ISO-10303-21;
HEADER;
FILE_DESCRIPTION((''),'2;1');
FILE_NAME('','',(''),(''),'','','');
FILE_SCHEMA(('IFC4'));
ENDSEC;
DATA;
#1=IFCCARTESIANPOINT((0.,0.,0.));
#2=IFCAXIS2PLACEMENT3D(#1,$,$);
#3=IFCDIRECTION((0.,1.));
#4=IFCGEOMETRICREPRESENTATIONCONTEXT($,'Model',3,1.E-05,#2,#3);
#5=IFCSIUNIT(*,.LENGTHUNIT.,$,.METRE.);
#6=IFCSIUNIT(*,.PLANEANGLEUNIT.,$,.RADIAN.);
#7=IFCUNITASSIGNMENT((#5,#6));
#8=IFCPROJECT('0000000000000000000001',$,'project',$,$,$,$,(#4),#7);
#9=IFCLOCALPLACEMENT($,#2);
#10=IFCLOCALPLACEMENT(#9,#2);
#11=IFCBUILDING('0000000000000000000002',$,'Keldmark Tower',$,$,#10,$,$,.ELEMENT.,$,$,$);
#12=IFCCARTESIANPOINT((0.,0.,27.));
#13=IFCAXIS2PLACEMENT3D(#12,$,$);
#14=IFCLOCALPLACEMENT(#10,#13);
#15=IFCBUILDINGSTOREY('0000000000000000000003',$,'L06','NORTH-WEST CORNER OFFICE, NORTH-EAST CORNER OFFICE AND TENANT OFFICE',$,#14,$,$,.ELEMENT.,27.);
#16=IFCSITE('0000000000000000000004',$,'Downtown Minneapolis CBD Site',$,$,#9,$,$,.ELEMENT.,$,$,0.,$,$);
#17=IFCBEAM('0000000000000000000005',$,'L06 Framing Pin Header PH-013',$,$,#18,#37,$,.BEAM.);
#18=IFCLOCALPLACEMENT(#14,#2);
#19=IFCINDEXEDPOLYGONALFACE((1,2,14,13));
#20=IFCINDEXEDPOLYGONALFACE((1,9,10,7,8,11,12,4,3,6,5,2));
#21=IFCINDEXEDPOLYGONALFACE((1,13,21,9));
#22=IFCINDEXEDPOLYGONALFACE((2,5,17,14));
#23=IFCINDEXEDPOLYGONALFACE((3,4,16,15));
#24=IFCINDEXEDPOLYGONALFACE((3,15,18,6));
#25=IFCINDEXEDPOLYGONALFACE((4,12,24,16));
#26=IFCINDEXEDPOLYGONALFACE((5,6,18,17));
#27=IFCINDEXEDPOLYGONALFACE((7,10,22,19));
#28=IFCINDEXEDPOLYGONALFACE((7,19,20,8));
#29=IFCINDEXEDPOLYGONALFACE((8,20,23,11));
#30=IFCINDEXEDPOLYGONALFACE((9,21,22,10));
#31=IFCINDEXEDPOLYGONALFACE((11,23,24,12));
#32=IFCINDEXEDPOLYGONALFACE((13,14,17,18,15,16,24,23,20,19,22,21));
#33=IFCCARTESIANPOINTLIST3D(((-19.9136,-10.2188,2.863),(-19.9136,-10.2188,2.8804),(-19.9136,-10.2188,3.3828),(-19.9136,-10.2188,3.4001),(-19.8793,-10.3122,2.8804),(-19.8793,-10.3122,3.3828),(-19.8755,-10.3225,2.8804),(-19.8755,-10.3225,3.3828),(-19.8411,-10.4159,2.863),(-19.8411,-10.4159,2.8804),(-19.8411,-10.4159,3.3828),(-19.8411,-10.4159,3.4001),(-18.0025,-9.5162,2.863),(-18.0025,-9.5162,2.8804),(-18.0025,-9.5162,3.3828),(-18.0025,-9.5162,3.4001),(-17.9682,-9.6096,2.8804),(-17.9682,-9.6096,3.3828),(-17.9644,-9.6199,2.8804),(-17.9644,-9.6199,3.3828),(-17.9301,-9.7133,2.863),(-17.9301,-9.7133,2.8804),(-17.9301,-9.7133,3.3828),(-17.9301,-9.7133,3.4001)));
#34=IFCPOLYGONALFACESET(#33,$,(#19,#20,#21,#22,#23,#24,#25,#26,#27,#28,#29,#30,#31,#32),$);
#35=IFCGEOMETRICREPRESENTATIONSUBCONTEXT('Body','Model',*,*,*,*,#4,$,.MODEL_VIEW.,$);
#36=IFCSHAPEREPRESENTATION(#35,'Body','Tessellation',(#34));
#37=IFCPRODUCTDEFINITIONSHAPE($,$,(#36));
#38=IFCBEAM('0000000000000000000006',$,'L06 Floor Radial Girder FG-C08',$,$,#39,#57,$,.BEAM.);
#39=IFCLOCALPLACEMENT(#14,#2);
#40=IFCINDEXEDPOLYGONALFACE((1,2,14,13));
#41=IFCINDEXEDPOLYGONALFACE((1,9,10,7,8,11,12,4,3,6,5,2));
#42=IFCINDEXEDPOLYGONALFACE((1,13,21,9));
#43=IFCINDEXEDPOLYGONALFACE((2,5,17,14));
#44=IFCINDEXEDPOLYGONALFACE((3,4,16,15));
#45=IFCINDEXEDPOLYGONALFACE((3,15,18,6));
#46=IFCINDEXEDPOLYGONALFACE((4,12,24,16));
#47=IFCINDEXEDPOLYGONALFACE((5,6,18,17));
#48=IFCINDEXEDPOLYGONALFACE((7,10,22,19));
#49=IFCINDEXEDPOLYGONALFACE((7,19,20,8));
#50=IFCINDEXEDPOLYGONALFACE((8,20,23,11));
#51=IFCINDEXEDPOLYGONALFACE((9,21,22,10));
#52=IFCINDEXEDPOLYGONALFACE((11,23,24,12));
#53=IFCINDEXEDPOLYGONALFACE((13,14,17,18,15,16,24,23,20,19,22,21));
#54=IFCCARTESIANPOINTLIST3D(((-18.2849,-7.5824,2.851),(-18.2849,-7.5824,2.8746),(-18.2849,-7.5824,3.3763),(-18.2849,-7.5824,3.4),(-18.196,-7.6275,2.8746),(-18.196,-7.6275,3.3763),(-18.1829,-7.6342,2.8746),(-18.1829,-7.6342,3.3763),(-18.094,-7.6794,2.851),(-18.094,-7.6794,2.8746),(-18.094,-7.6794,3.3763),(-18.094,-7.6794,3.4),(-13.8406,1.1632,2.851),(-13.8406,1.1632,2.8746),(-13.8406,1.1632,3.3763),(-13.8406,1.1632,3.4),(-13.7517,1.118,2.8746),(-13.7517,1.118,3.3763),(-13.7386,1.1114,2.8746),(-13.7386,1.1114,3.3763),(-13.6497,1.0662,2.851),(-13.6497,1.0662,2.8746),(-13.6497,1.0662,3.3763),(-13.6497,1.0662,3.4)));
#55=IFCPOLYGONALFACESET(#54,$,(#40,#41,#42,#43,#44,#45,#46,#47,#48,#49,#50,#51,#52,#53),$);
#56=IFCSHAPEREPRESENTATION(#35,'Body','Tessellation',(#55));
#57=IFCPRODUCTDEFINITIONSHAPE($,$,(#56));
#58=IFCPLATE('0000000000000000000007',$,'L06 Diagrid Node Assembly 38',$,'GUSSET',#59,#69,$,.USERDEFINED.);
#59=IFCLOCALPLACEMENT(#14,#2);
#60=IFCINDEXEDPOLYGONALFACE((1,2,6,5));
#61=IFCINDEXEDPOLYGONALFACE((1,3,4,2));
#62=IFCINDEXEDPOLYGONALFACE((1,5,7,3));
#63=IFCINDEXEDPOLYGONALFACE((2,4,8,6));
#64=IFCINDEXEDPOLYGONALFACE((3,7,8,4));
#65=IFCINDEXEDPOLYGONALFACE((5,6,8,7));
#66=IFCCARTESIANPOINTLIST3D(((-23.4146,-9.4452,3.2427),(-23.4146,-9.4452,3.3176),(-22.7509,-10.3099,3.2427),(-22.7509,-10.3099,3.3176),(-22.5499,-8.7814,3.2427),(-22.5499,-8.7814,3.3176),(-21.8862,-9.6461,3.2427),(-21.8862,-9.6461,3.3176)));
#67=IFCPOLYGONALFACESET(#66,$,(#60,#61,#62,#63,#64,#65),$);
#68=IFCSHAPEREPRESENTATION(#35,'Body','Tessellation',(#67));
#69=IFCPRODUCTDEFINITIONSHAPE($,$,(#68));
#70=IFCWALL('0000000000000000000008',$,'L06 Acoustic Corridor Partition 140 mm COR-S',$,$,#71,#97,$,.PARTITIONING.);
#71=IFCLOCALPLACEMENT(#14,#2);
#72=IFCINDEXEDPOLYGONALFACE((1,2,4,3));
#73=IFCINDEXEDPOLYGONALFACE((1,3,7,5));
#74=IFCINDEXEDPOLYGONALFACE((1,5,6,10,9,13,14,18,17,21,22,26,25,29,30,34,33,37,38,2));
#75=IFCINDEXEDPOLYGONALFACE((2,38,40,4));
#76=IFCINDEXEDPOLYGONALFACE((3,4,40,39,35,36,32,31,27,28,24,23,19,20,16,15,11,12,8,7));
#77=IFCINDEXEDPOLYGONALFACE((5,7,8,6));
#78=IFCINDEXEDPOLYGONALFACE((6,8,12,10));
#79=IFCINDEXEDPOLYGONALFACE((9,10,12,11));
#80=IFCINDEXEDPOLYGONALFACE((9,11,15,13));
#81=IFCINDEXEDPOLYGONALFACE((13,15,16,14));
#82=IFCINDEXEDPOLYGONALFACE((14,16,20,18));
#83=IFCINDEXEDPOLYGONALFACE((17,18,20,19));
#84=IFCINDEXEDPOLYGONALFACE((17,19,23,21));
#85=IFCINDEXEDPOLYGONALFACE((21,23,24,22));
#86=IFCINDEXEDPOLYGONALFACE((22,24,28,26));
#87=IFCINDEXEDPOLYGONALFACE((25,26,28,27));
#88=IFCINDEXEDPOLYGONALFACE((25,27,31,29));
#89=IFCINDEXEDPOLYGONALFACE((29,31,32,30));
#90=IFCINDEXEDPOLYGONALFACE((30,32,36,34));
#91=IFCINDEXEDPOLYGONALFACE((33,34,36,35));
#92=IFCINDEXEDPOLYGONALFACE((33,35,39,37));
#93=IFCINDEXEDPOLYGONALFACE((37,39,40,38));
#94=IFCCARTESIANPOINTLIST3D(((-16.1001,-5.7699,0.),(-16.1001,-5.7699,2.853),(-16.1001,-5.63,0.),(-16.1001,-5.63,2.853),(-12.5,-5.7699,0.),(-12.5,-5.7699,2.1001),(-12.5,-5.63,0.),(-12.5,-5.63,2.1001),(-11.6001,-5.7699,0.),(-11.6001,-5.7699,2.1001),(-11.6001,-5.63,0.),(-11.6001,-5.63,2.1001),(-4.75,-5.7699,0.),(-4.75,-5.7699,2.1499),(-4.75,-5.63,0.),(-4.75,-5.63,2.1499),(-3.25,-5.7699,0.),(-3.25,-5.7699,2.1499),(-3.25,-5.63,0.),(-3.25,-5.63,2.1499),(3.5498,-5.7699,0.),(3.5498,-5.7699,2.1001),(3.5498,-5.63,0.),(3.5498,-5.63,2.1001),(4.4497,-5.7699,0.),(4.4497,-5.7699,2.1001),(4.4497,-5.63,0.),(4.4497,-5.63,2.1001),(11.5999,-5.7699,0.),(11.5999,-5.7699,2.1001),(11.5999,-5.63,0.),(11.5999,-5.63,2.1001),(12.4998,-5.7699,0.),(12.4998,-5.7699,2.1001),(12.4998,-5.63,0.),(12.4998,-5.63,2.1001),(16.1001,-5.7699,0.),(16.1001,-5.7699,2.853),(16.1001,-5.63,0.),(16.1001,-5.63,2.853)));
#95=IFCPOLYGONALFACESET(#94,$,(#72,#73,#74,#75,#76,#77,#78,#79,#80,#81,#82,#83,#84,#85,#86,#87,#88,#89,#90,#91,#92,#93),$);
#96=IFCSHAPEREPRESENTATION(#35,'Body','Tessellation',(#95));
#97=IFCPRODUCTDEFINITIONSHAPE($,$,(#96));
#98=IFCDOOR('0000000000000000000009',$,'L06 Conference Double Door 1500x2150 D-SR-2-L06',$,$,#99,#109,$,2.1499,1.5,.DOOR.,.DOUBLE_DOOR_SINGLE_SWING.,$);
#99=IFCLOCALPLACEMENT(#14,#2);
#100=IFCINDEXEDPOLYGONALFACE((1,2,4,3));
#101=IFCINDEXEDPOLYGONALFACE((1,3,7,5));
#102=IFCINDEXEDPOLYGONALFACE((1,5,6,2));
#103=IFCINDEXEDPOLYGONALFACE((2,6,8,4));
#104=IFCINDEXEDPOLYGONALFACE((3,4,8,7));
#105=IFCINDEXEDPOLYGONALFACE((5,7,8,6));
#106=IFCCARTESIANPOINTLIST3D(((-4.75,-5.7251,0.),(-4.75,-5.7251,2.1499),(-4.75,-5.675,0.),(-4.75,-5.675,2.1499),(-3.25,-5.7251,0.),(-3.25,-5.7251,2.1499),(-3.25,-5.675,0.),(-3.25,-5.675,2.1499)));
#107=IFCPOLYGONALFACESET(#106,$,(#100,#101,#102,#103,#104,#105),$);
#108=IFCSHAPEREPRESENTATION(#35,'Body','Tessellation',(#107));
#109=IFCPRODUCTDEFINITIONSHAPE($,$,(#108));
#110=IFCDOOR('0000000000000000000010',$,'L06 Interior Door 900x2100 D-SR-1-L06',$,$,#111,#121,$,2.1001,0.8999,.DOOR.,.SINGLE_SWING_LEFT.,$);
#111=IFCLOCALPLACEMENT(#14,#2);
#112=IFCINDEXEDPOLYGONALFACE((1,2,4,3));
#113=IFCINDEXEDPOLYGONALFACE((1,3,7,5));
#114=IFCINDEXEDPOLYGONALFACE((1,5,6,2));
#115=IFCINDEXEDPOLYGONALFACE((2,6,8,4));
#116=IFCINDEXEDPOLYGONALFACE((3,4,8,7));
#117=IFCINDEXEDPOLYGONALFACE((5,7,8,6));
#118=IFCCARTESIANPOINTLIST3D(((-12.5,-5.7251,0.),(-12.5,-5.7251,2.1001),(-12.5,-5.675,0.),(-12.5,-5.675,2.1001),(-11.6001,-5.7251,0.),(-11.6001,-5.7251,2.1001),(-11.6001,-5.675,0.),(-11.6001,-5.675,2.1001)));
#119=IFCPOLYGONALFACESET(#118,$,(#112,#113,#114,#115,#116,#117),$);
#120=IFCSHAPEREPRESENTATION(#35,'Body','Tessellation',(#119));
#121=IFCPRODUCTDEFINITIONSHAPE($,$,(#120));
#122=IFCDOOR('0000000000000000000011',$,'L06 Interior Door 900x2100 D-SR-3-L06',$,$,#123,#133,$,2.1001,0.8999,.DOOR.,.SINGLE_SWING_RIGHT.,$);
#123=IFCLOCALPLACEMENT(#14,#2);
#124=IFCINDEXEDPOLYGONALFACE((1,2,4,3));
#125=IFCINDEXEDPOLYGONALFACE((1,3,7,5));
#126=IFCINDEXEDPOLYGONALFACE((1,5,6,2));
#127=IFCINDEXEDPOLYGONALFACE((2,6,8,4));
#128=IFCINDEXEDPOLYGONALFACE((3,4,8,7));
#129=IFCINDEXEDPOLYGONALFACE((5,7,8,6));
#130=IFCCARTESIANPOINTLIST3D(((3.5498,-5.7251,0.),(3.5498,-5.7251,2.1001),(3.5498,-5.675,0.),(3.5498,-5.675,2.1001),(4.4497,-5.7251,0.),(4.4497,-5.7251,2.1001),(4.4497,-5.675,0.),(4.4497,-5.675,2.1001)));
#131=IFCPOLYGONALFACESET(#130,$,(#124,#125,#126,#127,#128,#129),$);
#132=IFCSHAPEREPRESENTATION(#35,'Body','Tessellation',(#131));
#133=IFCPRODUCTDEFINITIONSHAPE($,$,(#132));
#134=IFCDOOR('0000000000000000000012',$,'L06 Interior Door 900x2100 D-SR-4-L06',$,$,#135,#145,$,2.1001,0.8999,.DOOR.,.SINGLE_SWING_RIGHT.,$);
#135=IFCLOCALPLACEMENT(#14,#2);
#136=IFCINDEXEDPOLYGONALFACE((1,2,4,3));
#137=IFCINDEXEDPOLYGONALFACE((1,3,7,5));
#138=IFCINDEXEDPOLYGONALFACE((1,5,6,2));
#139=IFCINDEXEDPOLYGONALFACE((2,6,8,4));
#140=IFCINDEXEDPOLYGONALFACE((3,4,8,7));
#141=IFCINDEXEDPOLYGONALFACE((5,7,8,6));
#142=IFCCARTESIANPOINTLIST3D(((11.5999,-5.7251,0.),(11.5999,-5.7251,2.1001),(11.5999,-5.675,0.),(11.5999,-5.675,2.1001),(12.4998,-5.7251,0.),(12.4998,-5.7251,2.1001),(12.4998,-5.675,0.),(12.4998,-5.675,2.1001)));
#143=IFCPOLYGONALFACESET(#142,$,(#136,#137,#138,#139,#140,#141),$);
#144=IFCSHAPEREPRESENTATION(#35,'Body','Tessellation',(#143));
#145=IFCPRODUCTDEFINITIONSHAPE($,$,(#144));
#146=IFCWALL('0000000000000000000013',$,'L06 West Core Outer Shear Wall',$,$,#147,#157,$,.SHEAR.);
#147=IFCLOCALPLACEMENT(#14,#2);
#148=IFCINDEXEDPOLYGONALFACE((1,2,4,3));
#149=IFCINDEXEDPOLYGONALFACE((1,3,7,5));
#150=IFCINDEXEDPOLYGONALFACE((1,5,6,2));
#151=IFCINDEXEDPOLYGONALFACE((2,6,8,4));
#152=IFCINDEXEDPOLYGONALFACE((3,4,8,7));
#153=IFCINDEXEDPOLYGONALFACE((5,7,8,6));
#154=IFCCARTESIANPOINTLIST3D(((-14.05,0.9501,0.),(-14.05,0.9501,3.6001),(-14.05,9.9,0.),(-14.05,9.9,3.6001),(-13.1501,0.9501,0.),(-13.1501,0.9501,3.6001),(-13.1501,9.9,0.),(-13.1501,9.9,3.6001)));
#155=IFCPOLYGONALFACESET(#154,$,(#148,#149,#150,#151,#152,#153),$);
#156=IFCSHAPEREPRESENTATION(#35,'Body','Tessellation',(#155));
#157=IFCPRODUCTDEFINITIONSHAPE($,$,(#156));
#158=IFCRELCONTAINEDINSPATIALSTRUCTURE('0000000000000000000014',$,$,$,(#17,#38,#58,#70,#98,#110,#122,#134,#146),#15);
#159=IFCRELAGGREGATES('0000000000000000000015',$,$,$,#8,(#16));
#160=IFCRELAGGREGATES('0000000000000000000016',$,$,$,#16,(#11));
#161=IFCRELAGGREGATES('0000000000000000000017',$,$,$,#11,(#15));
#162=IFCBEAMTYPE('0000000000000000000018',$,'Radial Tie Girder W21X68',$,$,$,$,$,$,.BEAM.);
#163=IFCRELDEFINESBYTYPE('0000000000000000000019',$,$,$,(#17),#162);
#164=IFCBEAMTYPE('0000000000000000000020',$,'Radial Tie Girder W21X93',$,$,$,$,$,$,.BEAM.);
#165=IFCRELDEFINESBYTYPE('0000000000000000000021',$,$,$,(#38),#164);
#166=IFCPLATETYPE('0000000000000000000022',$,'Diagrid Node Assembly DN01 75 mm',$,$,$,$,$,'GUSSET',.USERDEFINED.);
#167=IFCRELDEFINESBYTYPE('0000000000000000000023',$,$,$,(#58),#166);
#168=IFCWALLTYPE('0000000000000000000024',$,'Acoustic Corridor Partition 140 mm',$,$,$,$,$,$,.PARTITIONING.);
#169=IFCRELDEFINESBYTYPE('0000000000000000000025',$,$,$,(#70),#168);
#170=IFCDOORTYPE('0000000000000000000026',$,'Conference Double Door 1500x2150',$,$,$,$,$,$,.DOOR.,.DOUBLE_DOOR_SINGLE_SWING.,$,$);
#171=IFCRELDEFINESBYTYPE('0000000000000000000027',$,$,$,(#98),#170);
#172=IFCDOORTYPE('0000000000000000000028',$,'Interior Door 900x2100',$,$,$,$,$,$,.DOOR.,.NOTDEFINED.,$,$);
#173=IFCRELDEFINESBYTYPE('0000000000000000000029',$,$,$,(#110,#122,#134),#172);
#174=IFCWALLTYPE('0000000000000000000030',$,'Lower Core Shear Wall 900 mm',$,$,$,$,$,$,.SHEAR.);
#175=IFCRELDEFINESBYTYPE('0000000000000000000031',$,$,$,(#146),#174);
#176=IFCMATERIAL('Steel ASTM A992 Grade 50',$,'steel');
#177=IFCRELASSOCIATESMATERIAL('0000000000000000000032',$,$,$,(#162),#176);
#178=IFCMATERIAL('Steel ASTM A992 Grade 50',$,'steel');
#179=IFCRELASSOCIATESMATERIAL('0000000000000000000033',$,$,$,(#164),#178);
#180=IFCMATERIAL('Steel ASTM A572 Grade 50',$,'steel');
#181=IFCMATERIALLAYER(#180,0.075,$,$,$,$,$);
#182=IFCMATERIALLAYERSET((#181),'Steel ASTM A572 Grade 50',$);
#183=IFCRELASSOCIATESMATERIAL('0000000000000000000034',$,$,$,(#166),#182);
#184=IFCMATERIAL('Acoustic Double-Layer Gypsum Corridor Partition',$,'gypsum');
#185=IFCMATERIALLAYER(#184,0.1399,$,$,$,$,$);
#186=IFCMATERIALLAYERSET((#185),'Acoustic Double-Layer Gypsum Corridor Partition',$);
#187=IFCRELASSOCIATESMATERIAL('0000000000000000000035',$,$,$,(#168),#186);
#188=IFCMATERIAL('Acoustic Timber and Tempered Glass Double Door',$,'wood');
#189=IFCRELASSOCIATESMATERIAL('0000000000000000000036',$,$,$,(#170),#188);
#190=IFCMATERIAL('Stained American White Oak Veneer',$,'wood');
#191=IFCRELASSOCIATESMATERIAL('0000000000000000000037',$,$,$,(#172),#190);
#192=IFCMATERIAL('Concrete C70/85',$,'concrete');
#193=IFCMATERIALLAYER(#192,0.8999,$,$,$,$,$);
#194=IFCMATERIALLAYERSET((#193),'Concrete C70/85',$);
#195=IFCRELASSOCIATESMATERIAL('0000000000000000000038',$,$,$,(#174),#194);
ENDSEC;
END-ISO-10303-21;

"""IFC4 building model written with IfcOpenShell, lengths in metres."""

from ifc_helpers import new_model, si_unit, direction, frame, frame_2d, origin, origin_2d, place, context, subcontext, project, spatial, rectangle, i_section, extrude, material, layer, layer_set, material_profile, profile_set, type_object, element, fill, save


model = new_model("IFC4")

# Units and contexts
model_context = context("Model", 3, precision=1e-05, world=origin(), true_north=direction((0.0, 1.0)))
body_context = subcontext(model_context, "Body", "Model", "MODEL_VIEW")
ifc_project = project(units=[si_unit("LENGTHUNIT", "METRE"), si_unit("PLANEANGLEUNIT", "RADIAN")], contexts=[model_context])

# Site, building, storey
site_placement = place(None, origin())
site = spatial("IfcSite", under=ifc_project, at=site_placement, Name="Downtown Minneapolis CBD Site", CompositionType="ELEMENT", RefElevation=0.0)
building_placement = place(site_placement, origin())
building = spatial("IfcBuilding", under=site, at=building_placement, Name="Keldmark Tower", CompositionType="ELEMENT")
storey_placement = place(building_placement, frame((0.0, 0.0, 27.0)))
storey = spatial("IfcBuildingStorey", under=building, at=storey_placement, Name="L06", Description="NORTH-WEST CORNER OFFICE, NORTH-EAST CORNER OFFICE AND TENANT OFFICE", CompositionType="ELEMENT", Elevation=27.0)

# Beams
ifc_material_1 = material(Name="Steel ASTM A992 Grade 50", Category="steel")
ifc_material_profile_1 = material_profile(ifc_material_1, i_section(OverallWidth=0.21, OverallDepth=0.5371, WebThickness=0.011, FlangeThickness=0.0173, at=origin_2d()), Name="W21X68")
ifc_profile_set_1 = profile_set([ifc_material_profile_1], Name="Steel ASTM A992 Grade 50")
beam_type_1 = type_object("IfcBeamType", Name="Radial Tie Girder W21X68", PredefinedType="BEAM", material=ifc_profile_set_1)
beam_1_placement = place(storey_placement, frame((-17.9663, -9.6147, 3.1316), z_axis=(-0.938576, -0.345072, 0.0), x_axis=(0.345072, -0.938576, 0.0)))
element("IfcBeam", 1, at=beam_1_placement, inside=storey, type_object=beam_type_1, Name="L06 Framing Pin Header PH-013", PredefinedType="BEAM", context=body_context, shape_type="SweptSolid", body=[
    extrude(i_section(OverallWidth=0.21, OverallDepth=0.5371, WebThickness=0.011, FlangeThickness=0.0173, at=origin_2d()), origin(), (0.0, 0.0, 1.0), 2.0361),
])
ifc_material_2 = material(Name="Steel ASTM A992 Grade 50", Category="steel")
ifc_material_profile_2 = material_profile(ifc_material_2, i_section(OverallWidth=0.2141, OverallDepth=0.5491, WebThickness=0.0146, FlangeThickness=0.0237, at=origin_2d()), Name="W21X93")
ifc_profile_set_2 = profile_set([ifc_material_profile_2], Name="Steel ASTM A992 Grade 50")
beam_type_2 = type_object("IfcBeamType", Name="Radial Tie Girder W21X93", PredefinedType="BEAM", material=ifc_profile_set_2)
beam_2_placement = place(storey_placement, frame((-18.1895, -7.6309, 3.1255), z_axis=(0.453038, 0.891491, 0.0), x_axis=(-0.891491, 0.453038, 0.0)))
element("IfcBeam", 2, at=beam_2_placement, inside=storey, type_object=beam_type_2, Name="L06 Floor Radial Girder FG-C08", PredefinedType="BEAM", context=body_context, shape_type="SweptSolid", body=[
    extrude(i_section(OverallWidth=0.2141, OverallDepth=0.5491, WebThickness=0.0146, FlangeThickness=0.0237, at=origin_2d()), origin(), (0.0, 0.0, 1.0), 9.8101),
])

# Plate
ifc_material_3 = material(Name="Steel ASTM A572 Grade 50", Category="steel")
ifc_layer_1 = layer(ifc_material_3, 0.075)
ifc_layer_set_1 = layer_set([ifc_layer_1], Name="Steel ASTM A572 Grade 50")
plate_type = type_object("IfcPlateType", Name="Diagrid Node Assembly DN01 75 mm", ElementType="GUSSET", PredefinedType="USERDEFINED", material=ifc_layer_set_1)
plate_placement = place(storey_placement, frame((-22.6504, -9.5457, 3.2427), z_axis=(0.0, 0.0, 1.0), x_axis=(0.6089, -0.793247, 0.0)))
element("IfcPlate", 3, at=plate_placement, inside=storey, type_object=plate_type, Name="L06 Diagrid Node Assembly 38", ObjectType="GUSSET", PredefinedType="USERDEFINED", context=body_context, shape_type="SweptSolid", body=[
    extrude(rectangle(XDim=1.0901, YDim=1.0901, at=origin_2d()), origin(), (0.0, 0.0, 1.0), 0.075),
])

# Wall, openings, doors
ifc_material_4 = material(Name="Acoustic Double-Layer Gypsum Corridor Partition", Category="gypsum")
ifc_layer_2 = layer(ifc_material_4, 0.1399)
ifc_layer_set_2 = layer_set([ifc_layer_2], Name="Acoustic Double-Layer Gypsum Corridor Partition")
wall_type_1 = type_object("IfcWallType", Name="Acoustic Corridor Partition 140 mm", PredefinedType="PARTITIONING", material=ifc_layer_set_2)
wall_1_placement = place(storey_placement, frame((-16.1001, -5.7, 0.0), z_axis=(0.0, 0.0, 1.0), x_axis=(1.0, 0.0, 0.0)))
wall_1 = element("IfcWall", 4, at=wall_1_placement, inside=storey, type_object=wall_type_1, Name="L06 Acoustic Corridor Partition 140 mm COR-S", PredefinedType="PARTITIONING", context=body_context, shape_type="SweptSolid", body=[
    extrude(rectangle(XDim=32.2002, YDim=0.1399, at=frame_2d((16.1001, 0.0))), origin(), (0.0, 0.0, 1.0), 2.853),
])
opening_1_placement = place(wall_1_placement, frame((3.6001, 0.0, 0.0)))
opening_1 = element("IfcOpeningElement", 5, at=opening_1_placement, cuts=wall_1, PredefinedType="OPENING", context=body_context, shape_type="SweptSolid", body=[
    extrude(rectangle(XDim=0.8999, YDim=2.1001, at=frame_2d((0.45, 1.05))), frame((0.0, 0.0798, 0.0), z_axis=(0.0, -1.0, 0.0), x_axis=(1.0, 0.0, 0.0)), (0.0, 0.0, 1.0), 0.1599),
])
opening_2_placement = place(wall_1_placement, frame((11.3501, 0.0, 0.0)))
opening_2 = element("IfcOpeningElement", 6, at=opening_2_placement, cuts=wall_1, PredefinedType="OPENING", context=body_context, shape_type="SweptSolid", body=[
    extrude(rectangle(XDim=1.5, YDim=2.1499, at=frame_2d((0.75, 1.075))), frame((0.0, 0.0798, 0.0), z_axis=(0.0, -1.0, 0.0), x_axis=(1.0, 0.0, 0.0)), (0.0, 0.0, 1.0), 0.1599),
])
opening_3_placement = place(wall_1_placement, frame((19.6499, 0.0, 0.0)))
opening_3 = element("IfcOpeningElement", 7, at=opening_3_placement, cuts=wall_1, PredefinedType="OPENING", context=body_context, shape_type="SweptSolid", body=[
    extrude(rectangle(XDim=0.8999, YDim=2.1001, at=frame_2d((0.45, 1.05))), frame((0.0, 0.0798, 0.0), z_axis=(0.0, -1.0, 0.0), x_axis=(1.0, 0.0, 0.0)), (0.0, 0.0, 1.0), 0.1599),
])
opening_4_placement = place(wall_1_placement, frame((27.7, 0.0, 0.0)))
opening_4 = element("IfcOpeningElement", 8, at=opening_4_placement, cuts=wall_1, PredefinedType="OPENING", context=body_context, shape_type="SweptSolid", body=[
    extrude(rectangle(XDim=0.8999, YDim=2.1001, at=frame_2d((0.45, 1.05))), frame((0.0, 0.0798, 0.0), z_axis=(0.0, -1.0, 0.0), x_axis=(1.0, 0.0, 0.0)), (0.0, 0.0, 1.0), 0.1599),
])
ifc_material_5 = material(Name="Acoustic Timber and Tempered Glass Double Door", Category="wood")
door_type_1 = type_object("IfcDoorType", Name="Conference Double Door 1500x2150", OperationType="DOUBLE_DOOR_SINGLE_SWING", PredefinedType="DOOR", material=ifc_material_5)
door_1_placement = place(opening_2_placement, origin())
door_1 = element("IfcDoor", 9, at=door_1_placement, inside=storey, type_object=door_type_1, Name="L06 Conference Double Door 1500x2150 D-SR-2-L06", OperationType="DOUBLE_DOOR_SINGLE_SWING", OverallHeight=2.1499, OverallWidth=1.5, PredefinedType="DOOR", context=body_context, shape_type="SweptSolid", body=[
    extrude(rectangle(XDim=1.5, YDim=2.1499, at=frame_2d((0.75, 1.075))), frame((0.0, 0.0249, 0.0), z_axis=(0.0, -1.0, 0.0), x_axis=(1.0, 0.0, 0.0)), (0.0, 0.0, 1.0), 0.05),
])
fill(opening_2, door_1)
ifc_material_6 = material(Name="Stained American White Oak Veneer", Category="wood")
door_type_2 = type_object("IfcDoorType", Name="Interior Door 900x2100", OperationType="NOTDEFINED", PredefinedType="DOOR", material=ifc_material_6)
door_2_placement = place(opening_1_placement, origin())
door_2 = element("IfcDoor", 10, at=door_2_placement, inside=storey, type_object=door_type_2, Name="L06 Interior Door 900x2100 D-SR-1-L06", OperationType="SINGLE_SWING_LEFT", OverallHeight=2.1001, OverallWidth=0.8999, PredefinedType="DOOR", context=body_context, shape_type="SweptSolid", body=[
    extrude(rectangle(XDim=0.8999, YDim=2.1001, at=frame_2d((0.45, 1.05))), frame((0.0, 0.0249, 0.0), z_axis=(0.0, -1.0, 0.0), x_axis=(1.0, 0.0, 0.0)), (0.0, 0.0, 1.0), 0.05),
])
fill(opening_1, door_2)
door_3_placement = place(opening_3_placement, origin())
door_3 = element("IfcDoor", 11, at=door_3_placement, inside=storey, type_object=door_type_2, Name="L06 Interior Door 900x2100 D-SR-3-L06", OperationType="SINGLE_SWING_RIGHT", OverallHeight=2.1001, OverallWidth=0.8999, PredefinedType="DOOR", context=body_context, shape_type="SweptSolid", body=[
    extrude(rectangle(XDim=0.8999, YDim=2.1001, at=frame_2d((0.45, 1.05))), frame((0.0, 0.0249, 0.0), z_axis=(0.0, -1.0, 0.0), x_axis=(1.0, 0.0, 0.0)), (0.0, 0.0, 1.0), 0.05),
])
fill(opening_3, door_3)
door_4_placement = place(opening_4_placement, origin())
door_4 = element("IfcDoor", 12, at=door_4_placement, inside=storey, type_object=door_type_2, Name="L06 Interior Door 900x2100 D-SR-4-L06", OperationType="SINGLE_SWING_RIGHT", OverallHeight=2.1001, OverallWidth=0.8999, PredefinedType="DOOR", context=body_context, shape_type="SweptSolid", body=[
    extrude(rectangle(XDim=0.8999, YDim=2.1001, at=frame_2d((0.45, 1.05))), frame((0.0, 0.0249, 0.0), z_axis=(0.0, -1.0, 0.0), x_axis=(1.0, 0.0, 0.0)), (0.0, 0.0, 1.0), 0.05),
])
fill(opening_4, door_4)

# Wall
ifc_material_7 = material(Name="Concrete C70/85", Category="concrete")
ifc_layer_3 = layer(ifc_material_7, 0.8999)
ifc_layer_set_3 = layer_set([ifc_layer_3], Name="Concrete C70/85")
wall_type_2 = type_object("IfcWallType", Name="Lower Core Shear Wall 900 mm", PredefinedType="SHEAR", material=ifc_layer_set_3)
wall_2_placement = place(storey_placement, frame((-13.6001, 0.95, 0.0), z_axis=(0.0, 0.0, 1.0), x_axis=(0.0, 1.0, 0.0)))
element("IfcWall", 13, at=wall_2_placement, inside=storey, type_object=wall_type_2, Name="L06 West Core Outer Shear Wall", PredefinedType="SHEAR", context=body_context, shape_type="SweptSolid", body=[
    extrude(rectangle(XDim=8.95, YDim=0.8999, at=frame_2d((4.4751, 0.0))), origin(), (0.0, 0.0, 1.0), 3.6001),
])

save(model, "model.ifc")
